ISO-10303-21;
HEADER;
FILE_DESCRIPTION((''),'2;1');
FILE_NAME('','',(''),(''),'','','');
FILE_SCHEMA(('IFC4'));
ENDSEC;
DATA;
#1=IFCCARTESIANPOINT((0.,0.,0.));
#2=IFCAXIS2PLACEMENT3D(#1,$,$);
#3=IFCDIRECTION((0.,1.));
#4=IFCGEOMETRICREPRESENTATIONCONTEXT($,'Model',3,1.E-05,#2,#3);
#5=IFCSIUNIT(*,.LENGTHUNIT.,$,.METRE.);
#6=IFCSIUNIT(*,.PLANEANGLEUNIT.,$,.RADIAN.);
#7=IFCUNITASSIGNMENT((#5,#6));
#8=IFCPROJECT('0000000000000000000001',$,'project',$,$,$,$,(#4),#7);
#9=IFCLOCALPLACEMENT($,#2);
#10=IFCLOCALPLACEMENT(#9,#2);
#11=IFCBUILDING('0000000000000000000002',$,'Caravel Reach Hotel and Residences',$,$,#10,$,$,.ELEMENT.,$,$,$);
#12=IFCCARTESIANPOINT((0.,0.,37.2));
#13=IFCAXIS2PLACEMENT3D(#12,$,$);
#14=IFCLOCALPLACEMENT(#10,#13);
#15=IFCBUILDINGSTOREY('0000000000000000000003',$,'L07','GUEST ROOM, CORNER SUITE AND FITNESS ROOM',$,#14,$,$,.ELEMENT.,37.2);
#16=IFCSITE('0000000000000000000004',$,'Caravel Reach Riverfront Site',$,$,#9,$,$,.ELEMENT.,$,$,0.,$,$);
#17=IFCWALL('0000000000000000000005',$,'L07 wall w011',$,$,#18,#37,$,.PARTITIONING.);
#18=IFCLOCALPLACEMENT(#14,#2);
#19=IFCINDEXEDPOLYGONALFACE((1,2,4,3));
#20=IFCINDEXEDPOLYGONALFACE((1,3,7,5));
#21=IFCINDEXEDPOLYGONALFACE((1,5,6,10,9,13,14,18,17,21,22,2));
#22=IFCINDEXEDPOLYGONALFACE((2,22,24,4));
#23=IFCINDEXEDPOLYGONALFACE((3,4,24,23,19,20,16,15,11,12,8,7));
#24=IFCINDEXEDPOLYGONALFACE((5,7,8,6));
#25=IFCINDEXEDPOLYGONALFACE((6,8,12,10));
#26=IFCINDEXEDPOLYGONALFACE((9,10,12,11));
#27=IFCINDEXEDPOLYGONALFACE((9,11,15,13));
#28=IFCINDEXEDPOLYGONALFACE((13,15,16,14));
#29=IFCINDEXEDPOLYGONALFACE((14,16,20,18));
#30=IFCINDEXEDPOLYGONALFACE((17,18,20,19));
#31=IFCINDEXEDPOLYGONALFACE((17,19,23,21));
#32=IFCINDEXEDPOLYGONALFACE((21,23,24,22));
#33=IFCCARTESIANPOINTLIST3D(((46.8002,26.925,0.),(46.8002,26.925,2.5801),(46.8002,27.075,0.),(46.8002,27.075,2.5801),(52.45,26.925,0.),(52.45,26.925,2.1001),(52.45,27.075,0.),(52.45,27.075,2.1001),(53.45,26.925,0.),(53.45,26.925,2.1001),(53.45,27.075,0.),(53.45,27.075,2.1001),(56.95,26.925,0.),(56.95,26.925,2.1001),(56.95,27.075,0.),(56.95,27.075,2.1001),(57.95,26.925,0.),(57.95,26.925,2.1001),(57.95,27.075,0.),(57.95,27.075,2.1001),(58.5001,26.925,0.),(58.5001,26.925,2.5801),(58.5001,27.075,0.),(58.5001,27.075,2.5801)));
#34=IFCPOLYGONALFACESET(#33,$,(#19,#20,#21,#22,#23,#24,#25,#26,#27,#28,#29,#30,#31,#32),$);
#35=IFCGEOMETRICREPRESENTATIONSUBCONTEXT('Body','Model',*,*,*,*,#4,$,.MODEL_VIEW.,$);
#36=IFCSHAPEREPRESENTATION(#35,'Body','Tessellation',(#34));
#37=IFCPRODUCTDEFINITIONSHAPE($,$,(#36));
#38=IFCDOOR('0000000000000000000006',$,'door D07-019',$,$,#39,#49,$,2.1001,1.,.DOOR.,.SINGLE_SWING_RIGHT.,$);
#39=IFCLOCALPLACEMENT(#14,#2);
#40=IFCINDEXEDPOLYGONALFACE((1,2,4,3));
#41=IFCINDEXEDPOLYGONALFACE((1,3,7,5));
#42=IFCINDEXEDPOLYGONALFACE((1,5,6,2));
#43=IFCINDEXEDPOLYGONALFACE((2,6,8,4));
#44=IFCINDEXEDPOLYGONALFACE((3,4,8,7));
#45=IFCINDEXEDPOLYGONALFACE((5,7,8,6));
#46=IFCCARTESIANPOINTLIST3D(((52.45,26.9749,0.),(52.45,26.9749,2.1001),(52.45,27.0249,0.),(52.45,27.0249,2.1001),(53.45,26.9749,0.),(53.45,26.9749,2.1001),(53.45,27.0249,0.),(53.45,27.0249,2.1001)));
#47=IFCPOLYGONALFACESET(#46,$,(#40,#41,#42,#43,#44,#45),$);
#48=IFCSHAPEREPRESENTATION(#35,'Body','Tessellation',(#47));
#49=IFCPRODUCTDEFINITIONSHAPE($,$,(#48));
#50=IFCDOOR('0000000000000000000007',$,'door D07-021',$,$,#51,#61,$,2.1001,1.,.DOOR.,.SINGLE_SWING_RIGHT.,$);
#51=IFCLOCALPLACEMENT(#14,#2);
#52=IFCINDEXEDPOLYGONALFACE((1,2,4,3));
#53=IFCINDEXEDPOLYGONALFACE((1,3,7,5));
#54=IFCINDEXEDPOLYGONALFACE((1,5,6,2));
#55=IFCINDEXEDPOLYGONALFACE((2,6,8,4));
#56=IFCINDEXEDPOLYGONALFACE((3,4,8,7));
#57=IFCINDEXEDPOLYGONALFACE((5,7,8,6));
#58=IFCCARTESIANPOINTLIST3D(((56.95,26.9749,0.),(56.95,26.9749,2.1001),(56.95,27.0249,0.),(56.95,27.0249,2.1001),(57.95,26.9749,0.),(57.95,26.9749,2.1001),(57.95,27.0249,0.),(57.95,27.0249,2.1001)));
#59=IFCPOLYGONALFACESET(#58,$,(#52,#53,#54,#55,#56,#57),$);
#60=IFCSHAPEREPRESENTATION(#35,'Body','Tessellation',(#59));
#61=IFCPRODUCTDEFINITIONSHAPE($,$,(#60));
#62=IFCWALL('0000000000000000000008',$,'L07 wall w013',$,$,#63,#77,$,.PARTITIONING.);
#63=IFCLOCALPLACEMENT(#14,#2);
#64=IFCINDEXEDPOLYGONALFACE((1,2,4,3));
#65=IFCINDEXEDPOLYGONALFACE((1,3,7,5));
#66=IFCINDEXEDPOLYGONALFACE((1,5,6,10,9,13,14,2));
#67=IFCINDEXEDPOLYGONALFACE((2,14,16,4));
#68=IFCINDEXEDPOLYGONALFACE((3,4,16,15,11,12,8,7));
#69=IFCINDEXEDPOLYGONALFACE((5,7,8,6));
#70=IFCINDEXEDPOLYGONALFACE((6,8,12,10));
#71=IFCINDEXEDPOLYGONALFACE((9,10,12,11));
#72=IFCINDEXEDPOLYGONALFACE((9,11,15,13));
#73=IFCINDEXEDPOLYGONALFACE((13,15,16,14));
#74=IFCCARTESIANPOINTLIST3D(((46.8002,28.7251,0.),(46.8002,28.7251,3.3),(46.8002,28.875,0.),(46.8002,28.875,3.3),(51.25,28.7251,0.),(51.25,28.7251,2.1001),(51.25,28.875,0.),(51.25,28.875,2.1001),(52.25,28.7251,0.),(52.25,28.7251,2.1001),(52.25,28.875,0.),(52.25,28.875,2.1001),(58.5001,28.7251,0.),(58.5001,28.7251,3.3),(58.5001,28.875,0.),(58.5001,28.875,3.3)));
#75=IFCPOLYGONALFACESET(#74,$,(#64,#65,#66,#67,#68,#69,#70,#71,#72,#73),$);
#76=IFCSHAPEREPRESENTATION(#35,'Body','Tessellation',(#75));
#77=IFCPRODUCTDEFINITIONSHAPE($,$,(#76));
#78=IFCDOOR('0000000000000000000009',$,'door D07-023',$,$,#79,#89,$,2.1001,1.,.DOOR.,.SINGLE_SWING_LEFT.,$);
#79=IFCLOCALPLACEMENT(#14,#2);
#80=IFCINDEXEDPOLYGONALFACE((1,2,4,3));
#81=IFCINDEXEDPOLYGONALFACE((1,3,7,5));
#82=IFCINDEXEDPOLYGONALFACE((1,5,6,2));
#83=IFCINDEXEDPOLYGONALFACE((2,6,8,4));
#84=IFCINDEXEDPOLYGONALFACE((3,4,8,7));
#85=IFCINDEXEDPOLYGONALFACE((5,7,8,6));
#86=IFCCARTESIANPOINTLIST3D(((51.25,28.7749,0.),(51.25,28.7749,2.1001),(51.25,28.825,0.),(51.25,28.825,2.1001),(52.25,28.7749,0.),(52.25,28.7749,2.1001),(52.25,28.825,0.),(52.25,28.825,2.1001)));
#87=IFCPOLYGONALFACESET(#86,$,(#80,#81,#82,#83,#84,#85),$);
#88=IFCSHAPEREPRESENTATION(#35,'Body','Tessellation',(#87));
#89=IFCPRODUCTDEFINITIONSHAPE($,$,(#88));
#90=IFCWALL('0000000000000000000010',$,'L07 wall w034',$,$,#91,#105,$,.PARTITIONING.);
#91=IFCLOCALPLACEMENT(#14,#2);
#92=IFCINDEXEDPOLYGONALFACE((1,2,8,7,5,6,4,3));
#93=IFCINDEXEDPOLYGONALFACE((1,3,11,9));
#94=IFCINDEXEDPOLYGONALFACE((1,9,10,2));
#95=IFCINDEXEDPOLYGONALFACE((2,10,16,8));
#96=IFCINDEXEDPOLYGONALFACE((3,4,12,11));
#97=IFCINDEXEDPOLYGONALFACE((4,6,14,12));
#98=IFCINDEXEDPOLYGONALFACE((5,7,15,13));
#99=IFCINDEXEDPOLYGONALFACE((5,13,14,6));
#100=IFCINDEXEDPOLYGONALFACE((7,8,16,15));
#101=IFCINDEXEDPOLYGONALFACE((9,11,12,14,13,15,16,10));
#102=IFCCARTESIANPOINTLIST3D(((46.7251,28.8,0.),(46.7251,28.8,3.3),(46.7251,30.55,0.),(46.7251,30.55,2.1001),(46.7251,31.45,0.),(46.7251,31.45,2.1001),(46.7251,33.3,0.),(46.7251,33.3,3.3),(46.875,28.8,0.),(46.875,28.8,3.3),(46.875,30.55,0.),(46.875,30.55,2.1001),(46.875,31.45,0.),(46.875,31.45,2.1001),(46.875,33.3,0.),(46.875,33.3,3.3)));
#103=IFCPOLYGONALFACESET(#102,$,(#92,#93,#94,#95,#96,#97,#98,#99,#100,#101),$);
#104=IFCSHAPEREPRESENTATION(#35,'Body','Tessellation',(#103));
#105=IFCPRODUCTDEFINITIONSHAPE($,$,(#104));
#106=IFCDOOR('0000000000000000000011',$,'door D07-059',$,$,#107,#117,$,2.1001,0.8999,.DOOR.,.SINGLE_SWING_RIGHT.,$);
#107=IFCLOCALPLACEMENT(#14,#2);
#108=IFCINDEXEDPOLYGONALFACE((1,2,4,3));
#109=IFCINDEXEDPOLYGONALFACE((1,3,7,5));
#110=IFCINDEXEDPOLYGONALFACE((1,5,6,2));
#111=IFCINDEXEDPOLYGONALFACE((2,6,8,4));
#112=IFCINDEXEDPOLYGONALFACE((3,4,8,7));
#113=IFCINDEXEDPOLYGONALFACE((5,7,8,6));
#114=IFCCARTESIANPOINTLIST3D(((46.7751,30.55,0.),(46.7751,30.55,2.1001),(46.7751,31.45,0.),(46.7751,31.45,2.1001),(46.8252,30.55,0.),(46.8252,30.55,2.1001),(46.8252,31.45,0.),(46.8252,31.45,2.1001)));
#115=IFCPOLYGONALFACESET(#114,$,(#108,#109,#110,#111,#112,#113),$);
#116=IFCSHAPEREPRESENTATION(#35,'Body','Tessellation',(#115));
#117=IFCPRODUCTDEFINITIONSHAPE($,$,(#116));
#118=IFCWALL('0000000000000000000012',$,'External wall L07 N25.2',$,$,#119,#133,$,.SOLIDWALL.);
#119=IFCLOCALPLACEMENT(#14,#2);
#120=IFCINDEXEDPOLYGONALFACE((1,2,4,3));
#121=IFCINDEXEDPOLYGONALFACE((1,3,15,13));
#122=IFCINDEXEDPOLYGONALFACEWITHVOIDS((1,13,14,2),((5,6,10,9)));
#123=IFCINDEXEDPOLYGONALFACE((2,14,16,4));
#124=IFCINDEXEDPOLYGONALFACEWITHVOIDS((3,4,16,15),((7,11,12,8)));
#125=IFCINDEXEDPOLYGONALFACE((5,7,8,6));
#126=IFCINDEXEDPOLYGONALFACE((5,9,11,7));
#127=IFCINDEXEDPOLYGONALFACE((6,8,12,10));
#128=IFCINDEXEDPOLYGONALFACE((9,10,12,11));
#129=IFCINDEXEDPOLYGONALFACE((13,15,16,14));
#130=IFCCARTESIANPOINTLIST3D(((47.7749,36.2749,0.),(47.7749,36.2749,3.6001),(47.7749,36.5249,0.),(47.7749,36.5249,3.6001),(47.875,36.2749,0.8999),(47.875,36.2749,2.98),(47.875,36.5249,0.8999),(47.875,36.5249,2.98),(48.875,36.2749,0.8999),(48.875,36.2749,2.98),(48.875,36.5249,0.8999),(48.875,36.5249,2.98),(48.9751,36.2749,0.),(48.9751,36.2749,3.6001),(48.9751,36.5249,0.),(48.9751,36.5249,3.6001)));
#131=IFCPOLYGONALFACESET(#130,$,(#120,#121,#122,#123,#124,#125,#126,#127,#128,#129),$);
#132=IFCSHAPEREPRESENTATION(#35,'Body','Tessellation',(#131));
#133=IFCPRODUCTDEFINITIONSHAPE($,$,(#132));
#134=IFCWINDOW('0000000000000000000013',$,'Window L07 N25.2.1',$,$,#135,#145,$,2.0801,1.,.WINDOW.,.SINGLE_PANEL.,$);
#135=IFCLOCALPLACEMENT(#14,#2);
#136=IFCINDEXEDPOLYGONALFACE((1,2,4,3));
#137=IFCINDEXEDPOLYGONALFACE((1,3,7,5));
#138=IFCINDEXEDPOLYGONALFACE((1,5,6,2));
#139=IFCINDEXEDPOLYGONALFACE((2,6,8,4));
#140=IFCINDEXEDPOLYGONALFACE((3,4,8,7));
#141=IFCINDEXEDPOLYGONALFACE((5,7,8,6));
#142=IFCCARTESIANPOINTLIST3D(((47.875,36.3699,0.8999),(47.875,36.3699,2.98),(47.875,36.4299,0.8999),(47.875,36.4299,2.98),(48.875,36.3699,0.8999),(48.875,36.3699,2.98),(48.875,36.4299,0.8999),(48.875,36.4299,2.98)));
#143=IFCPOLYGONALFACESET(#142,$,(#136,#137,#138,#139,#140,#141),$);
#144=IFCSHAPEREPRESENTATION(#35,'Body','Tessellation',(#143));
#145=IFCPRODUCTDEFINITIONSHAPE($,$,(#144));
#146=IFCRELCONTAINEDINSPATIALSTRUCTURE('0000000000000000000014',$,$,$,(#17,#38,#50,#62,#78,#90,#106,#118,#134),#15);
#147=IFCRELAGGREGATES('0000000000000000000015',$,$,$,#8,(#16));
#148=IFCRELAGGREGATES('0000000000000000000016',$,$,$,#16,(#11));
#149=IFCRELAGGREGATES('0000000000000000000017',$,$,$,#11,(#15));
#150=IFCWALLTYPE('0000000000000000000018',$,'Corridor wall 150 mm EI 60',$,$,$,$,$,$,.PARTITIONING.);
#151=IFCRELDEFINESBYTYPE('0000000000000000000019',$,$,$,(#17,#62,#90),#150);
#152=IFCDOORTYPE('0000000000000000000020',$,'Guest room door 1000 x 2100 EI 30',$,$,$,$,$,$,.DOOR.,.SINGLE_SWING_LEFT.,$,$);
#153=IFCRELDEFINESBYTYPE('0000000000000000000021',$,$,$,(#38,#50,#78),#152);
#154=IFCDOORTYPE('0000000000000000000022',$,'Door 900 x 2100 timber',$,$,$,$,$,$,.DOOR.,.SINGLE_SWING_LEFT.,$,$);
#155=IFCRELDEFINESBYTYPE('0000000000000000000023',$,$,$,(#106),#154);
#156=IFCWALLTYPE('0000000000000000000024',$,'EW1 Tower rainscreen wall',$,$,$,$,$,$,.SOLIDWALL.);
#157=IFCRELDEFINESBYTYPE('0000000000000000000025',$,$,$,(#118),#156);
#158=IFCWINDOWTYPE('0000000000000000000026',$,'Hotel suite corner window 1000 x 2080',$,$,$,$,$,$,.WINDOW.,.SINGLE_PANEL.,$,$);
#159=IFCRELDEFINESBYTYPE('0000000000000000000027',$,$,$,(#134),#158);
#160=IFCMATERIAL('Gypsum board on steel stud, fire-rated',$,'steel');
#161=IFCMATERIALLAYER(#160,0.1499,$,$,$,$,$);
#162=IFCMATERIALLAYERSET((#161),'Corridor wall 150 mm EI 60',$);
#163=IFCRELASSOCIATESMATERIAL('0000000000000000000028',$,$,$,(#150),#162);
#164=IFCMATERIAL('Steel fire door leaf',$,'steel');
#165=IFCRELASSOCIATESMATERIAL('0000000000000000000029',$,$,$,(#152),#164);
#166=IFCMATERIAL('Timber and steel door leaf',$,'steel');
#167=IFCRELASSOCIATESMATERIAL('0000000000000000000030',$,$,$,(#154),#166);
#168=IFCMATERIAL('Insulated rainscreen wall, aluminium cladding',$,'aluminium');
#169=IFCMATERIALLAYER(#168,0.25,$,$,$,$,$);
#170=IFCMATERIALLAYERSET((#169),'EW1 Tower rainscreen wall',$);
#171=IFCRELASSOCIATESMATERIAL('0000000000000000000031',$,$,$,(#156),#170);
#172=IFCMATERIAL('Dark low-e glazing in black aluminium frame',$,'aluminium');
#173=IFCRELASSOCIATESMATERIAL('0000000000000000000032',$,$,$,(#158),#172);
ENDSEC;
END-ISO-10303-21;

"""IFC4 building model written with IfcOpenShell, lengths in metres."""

from ifc_helpers import new_model, si_unit, direction, frame, frame_2d, origin, place, context, subcontext, project, spatial, rectangle, extrude, material, layer, layer_set, type_object, element, fill, save


model = new_model("IFC4")

# Units and contexts
model_context = context("Model", 3, precision=1e-05, world=origin(), true_north=direction((0.0, 1.0)))
body_context = subcontext(model_context, "Body", "Model", "MODEL_VIEW")
ifc_project = project(units=[si_unit("LENGTHUNIT", "METRE"), si_unit("PLANEANGLEUNIT", "RADIAN")], contexts=[model_context])

# Site, building, storey
site_placement = place(None, origin())
site = spatial("IfcSite", under=ifc_project, at=site_placement, Name="Caravel Reach Riverfront Site", CompositionType="ELEMENT", RefElevation=0.0)
building_placement = place(site_placement, origin())
building = spatial("IfcBuilding", under=site, at=building_placement, Name="Caravel Reach Hotel and Residences", CompositionType="ELEMENT")
storey_placement = place(building_placement, frame((0.0, 0.0, 37.2)))
storey = spatial("IfcBuildingStorey", under=building, at=storey_placement, Name="L07", Description="GUEST ROOM, CORNER SUITE AND FITNESS ROOM", CompositionType="ELEMENT", Elevation=37.2)

# Wall, openings, doors
ifc_material_1 = material(Name="Gypsum board on steel stud, fire-rated", Category="steel")
ifc_layer_1 = layer(ifc_material_1, 0.1499)
ifc_layer_set_1 = layer_set([ifc_layer_1], Name="Corridor wall 150 mm EI 60")
wall_type_1 = type_object("IfcWallType", Name="Corridor wall 150 mm EI 60", PredefinedType="PARTITIONING", material=ifc_layer_set_1)
wall_1_placement = place(storey_placement, frame((46.8, 27.0, 0.0), z_axis=(0.0, 0.0, 1.0), x_axis=(1.0, 0.0, 0.0)))
wall_1 = element("IfcWall", 1, at=wall_1_placement, inside=storey, type_object=wall_type_1, Name="L07 wall w011", PredefinedType="PARTITIONING", context=body_context, shape_type="SweptSolid", body=[
    extrude(rectangle(XDim=11.7, YDim=0.1499, at=frame_2d((5.8501, 0.0))), origin(), (0.0, 0.0, 1.0), 2.5801),
])
opening_1_placement = place(wall_1_placement, frame((5.6499, 0.0, 0.0)))
opening_1 = element("IfcOpeningElement", 2, at=opening_1_placement, cuts=wall_1, PredefinedType="OPENING", context=body_context, shape_type="SweptSolid", body=[
    extrude(rectangle(XDim=1.0, YDim=2.1001, at=frame_2d((0.5, 1.05))), frame((0.0, 0.085, 0.0), z_axis=(0.0, -1.0, 0.0), x_axis=(1.0, 0.0, 0.0)), (0.0, 0.0, 1.0), 0.1699),
])
opening_2_placement = place(wall_1_placement, frame((10.1499, 0.0, 0.0)))
opening_2 = element("IfcOpeningElement", 3, at=opening_2_placement, cuts=wall_1, PredefinedType="OPENING", context=body_context, shape_type="SweptSolid", body=[
    extrude(rectangle(XDim=1.0, YDim=2.1001, at=frame_2d((0.5, 1.05))), frame((0.0, 0.085, 0.0), z_axis=(0.0, -1.0, 0.0), x_axis=(1.0, 0.0, 0.0)), (0.0, 0.0, 1.0), 0.1699),
])
ifc_material_2 = material(Name="Steel fire door leaf", Category="steel")
door_type_1 = type_object("IfcDoorType", Name="Guest room door 1000 x 2100 EI 30", OperationType="SINGLE_SWING_LEFT", PredefinedType="DOOR", material=ifc_material_2)
door_1_placement = place(opening_1_placement, origin())
door_1 = element("IfcDoor", 4, at=door_1_placement, inside=storey, type_object=door_type_1, Name="door D07-019", OperationType="SINGLE_SWING_RIGHT", OverallHeight=2.1001, OverallWidth=1.0, PredefinedType="DOOR", context=body_context, shape_type="SweptSolid", body=[
    extrude(rectangle(XDim=1.0, YDim=2.1001, at=frame_2d((0.5, 1.05))), frame((0.0, 0.0249, 0.0), z_axis=(0.0, -1.0, 0.0), x_axis=(1.0, 0.0, 0.0)), (0.0, 0.0, 1.0), 0.05),
])
fill(opening_1, door_1)
door_2_placement = place(opening_2_placement, origin())
door_2 = element("IfcDoor", 5, at=door_2_placement, inside=storey, type_object=door_type_1, Name="door D07-021", OperationType="SINGLE_SWING_RIGHT", OverallHeight=2.1001, OverallWidth=1.0, PredefinedType="DOOR", context=body_context, shape_type="SweptSolid", body=[
    extrude(rectangle(XDim=1.0, YDim=2.1001, at=frame_2d((0.5, 1.05))), frame((0.0, 0.0249, 0.0), z_axis=(0.0, -1.0, 0.0), x_axis=(1.0, 0.0, 0.0)), (0.0, 0.0, 1.0), 0.05),
])
fill(opening_2, door_2)

# Walls, openings, doors
wall_2_placement = place(storey_placement, frame((46.8, 28.8, 0.0), z_axis=(0.0, 0.0, 1.0), x_axis=(1.0, 0.0, 0.0)))
wall_2 = element("IfcWall", 6, at=wall_2_placement, inside=storey, type_object=wall_type_1, Name="L07 wall w013", PredefinedType="PARTITIONING", context=body_context, shape_type="SweptSolid", body=[
    extrude(rectangle(XDim=11.7, YDim=0.1499, at=frame_2d((5.8501, 0.0))), origin(), (0.0, 0.0, 1.0), 3.3),
])
opening_3_placement = place(wall_2_placement, frame((4.45, 0.0, 0.0)))
opening_3 = element("IfcOpeningElement", 7, at=opening_3_placement, cuts=wall_2, PredefinedType="OPENING", context=body_context, shape_type="SweptSolid", body=[
    extrude(rectangle(XDim=1.0, YDim=2.1001, at=frame_2d((0.5, 1.05))), frame((0.0, 0.085, 0.0), z_axis=(0.0, -1.0, 0.0), x_axis=(1.0, 0.0, 0.0)), (0.0, 0.0, 1.0), 0.1699),
])
door_3_placement = place(opening_3_placement, origin())
door_3 = element("IfcDoor", 8, at=door_3_placement, inside=storey, type_object=door_type_1, Name="door D07-023", OperationType="SINGLE_SWING_LEFT", OverallHeight=2.1001, OverallWidth=1.0, PredefinedType="DOOR", context=body_context, shape_type="SweptSolid", body=[
    extrude(rectangle(XDim=1.0, YDim=2.1001, at=frame_2d((0.5, 1.05))), frame((0.0, 0.0249, 0.0), z_axis=(0.0, -1.0, 0.0), x_axis=(1.0, 0.0, 0.0)), (0.0, 0.0, 1.0), 0.05),
])
fill(opening_3, door_3)
wall_3_placement = place(storey_placement, frame((46.8, 28.8, 0.0), z_axis=(0.0, 0.0, 1.0), x_axis=(0.0, 1.0, 0.0)))
wall_3 = element("IfcWall", 9, at=wall_3_placement, inside=storey, type_object=wall_type_1, Name="L07 wall w034", PredefinedType="PARTITIONING", context=body_context, shape_type="SweptSolid", body=[
    extrude(rectangle(XDim=4.5, YDim=0.1499, at=frame_2d((2.25, 0.0))), origin(), (0.0, 0.0, 1.0), 3.3),
])
opening_4_placement = place(wall_3_placement, frame((1.75, 0.0, 0.0)))
opening_4 = element("IfcOpeningElement", 10, at=opening_4_placement, cuts=wall_3, PredefinedType="OPENING", context=body_context, shape_type="SweptSolid", body=[
    extrude(rectangle(XDim=0.8999, YDim=2.1001, at=frame_2d((0.45, 1.05))), frame((0.0, 0.085, 0.0), z_axis=(0.0, -1.0, 0.0), x_axis=(1.0, 0.0, 0.0)), (0.0, 0.0, 1.0), 0.1699),
])
ifc_material_3 = material(Name="Timber and steel door leaf", Category="steel")
door_type_2 = type_object("IfcDoorType", Name="Door 900 x 2100 timber", OperationType="SINGLE_SWING_LEFT", PredefinedType="DOOR", material=ifc_material_3)
door_4_placement = place(opening_4_placement, origin())
door_4 = element("IfcDoor", 11, at=door_4_placement, inside=storey, type_object=door_type_2, Name="door D07-059", OperationType="SINGLE_SWING_RIGHT", OverallHeight=2.1001, OverallWidth=0.8999, PredefinedType="DOOR", context=body_context, shape_type="SweptSolid", body=[
    extrude(rectangle(XDim=0.8999, YDim=2.1001, at=frame_2d((0.45, 1.05))), frame((0.0, 0.0249, 0.0), z_axis=(0.0, -1.0, 0.0), x_axis=(1.0, 0.0, 0.0)), (0.0, 0.0, 1.0), 0.05),
])
fill(opening_4, door_4)

# Wall, opening, window
ifc_material_4 = material(Name="Insulated rainscreen wall, aluminium cladding", Category="aluminium")
ifc_layer_2 = layer(ifc_material_4, 0.25)
ifc_layer_set_2 = layer_set([ifc_layer_2], Name="EW1 Tower rainscreen wall")
wall_type_2 = type_object("IfcWallType", Name="EW1 Tower rainscreen wall", PredefinedType="SOLIDWALL", material=ifc_layer_set_2)
wall_4_placement = place(storey_placement, frame((48.9751, 36.3999, 0.0), z_axis=(0.0, 0.0, 1.0), x_axis=(-1.0, 0.0, 0.0)))
wall_4 = element("IfcWall", 12, at=wall_4_placement, inside=storey, type_object=wall_type_2, Name="External wall L07 N25.2", PredefinedType="SOLIDWALL", context=body_context, shape_type="SweptSolid", body=[
    extrude(rectangle(XDim=1.2002, YDim=0.25, at=frame_2d((0.6001, 0.0))), origin(), (0.0, 0.0, 1.0), 3.6001),
])
opening_5_placement = place(wall_4_placement, frame((0.1001, 0.0, 0.8999)))
opening_5 = element("IfcOpeningElement", 13, at=opening_5_placement, cuts=wall_4, PredefinedType="OPENING", context=body_context, shape_type="SweptSolid", body=[
    extrude(rectangle(XDim=1.0, YDim=2.0801, at=frame_2d((0.5, 1.04))), frame((0.0, 0.135, 0.0), z_axis=(0.0, -1.0, 0.0), x_axis=(1.0, 0.0, 0.0)), (0.0, 0.0, 1.0), 0.27),
])
ifc_material_5 = material(Name="Dark low-e glazing in black aluminium frame", Category="aluminium")
window_type = type_object("IfcWindowType", Name="Hotel suite corner window 1000 x 2080", PartitioningType="SINGLE_PANEL", PredefinedType="WINDOW", material=ifc_material_5)
window_1_placement = place(opening_5_placement, origin())
window_1 = element("IfcWindow", 14, at=window_1_placement, inside=storey, type_object=window_type, Name="Window L07 N25.2.1", OverallHeight=2.0801, OverallWidth=1.0, PartitioningType="SINGLE_PANEL", PredefinedType="WINDOW", context=body_context, shape_type="SweptSolid", body=[
    extrude(rectangle(XDim=1.0, YDim=2.0801, at=frame_2d((0.5, 1.04))), frame((0.0, 0.03, 0.0), z_axis=(0.0, -1.0, 0.0), x_axis=(1.0, 0.0, 0.0)), (0.0, 0.0, 1.0), 0.0601),
])
fill(opening_5, window_1)

save(model, "model.ifc")
